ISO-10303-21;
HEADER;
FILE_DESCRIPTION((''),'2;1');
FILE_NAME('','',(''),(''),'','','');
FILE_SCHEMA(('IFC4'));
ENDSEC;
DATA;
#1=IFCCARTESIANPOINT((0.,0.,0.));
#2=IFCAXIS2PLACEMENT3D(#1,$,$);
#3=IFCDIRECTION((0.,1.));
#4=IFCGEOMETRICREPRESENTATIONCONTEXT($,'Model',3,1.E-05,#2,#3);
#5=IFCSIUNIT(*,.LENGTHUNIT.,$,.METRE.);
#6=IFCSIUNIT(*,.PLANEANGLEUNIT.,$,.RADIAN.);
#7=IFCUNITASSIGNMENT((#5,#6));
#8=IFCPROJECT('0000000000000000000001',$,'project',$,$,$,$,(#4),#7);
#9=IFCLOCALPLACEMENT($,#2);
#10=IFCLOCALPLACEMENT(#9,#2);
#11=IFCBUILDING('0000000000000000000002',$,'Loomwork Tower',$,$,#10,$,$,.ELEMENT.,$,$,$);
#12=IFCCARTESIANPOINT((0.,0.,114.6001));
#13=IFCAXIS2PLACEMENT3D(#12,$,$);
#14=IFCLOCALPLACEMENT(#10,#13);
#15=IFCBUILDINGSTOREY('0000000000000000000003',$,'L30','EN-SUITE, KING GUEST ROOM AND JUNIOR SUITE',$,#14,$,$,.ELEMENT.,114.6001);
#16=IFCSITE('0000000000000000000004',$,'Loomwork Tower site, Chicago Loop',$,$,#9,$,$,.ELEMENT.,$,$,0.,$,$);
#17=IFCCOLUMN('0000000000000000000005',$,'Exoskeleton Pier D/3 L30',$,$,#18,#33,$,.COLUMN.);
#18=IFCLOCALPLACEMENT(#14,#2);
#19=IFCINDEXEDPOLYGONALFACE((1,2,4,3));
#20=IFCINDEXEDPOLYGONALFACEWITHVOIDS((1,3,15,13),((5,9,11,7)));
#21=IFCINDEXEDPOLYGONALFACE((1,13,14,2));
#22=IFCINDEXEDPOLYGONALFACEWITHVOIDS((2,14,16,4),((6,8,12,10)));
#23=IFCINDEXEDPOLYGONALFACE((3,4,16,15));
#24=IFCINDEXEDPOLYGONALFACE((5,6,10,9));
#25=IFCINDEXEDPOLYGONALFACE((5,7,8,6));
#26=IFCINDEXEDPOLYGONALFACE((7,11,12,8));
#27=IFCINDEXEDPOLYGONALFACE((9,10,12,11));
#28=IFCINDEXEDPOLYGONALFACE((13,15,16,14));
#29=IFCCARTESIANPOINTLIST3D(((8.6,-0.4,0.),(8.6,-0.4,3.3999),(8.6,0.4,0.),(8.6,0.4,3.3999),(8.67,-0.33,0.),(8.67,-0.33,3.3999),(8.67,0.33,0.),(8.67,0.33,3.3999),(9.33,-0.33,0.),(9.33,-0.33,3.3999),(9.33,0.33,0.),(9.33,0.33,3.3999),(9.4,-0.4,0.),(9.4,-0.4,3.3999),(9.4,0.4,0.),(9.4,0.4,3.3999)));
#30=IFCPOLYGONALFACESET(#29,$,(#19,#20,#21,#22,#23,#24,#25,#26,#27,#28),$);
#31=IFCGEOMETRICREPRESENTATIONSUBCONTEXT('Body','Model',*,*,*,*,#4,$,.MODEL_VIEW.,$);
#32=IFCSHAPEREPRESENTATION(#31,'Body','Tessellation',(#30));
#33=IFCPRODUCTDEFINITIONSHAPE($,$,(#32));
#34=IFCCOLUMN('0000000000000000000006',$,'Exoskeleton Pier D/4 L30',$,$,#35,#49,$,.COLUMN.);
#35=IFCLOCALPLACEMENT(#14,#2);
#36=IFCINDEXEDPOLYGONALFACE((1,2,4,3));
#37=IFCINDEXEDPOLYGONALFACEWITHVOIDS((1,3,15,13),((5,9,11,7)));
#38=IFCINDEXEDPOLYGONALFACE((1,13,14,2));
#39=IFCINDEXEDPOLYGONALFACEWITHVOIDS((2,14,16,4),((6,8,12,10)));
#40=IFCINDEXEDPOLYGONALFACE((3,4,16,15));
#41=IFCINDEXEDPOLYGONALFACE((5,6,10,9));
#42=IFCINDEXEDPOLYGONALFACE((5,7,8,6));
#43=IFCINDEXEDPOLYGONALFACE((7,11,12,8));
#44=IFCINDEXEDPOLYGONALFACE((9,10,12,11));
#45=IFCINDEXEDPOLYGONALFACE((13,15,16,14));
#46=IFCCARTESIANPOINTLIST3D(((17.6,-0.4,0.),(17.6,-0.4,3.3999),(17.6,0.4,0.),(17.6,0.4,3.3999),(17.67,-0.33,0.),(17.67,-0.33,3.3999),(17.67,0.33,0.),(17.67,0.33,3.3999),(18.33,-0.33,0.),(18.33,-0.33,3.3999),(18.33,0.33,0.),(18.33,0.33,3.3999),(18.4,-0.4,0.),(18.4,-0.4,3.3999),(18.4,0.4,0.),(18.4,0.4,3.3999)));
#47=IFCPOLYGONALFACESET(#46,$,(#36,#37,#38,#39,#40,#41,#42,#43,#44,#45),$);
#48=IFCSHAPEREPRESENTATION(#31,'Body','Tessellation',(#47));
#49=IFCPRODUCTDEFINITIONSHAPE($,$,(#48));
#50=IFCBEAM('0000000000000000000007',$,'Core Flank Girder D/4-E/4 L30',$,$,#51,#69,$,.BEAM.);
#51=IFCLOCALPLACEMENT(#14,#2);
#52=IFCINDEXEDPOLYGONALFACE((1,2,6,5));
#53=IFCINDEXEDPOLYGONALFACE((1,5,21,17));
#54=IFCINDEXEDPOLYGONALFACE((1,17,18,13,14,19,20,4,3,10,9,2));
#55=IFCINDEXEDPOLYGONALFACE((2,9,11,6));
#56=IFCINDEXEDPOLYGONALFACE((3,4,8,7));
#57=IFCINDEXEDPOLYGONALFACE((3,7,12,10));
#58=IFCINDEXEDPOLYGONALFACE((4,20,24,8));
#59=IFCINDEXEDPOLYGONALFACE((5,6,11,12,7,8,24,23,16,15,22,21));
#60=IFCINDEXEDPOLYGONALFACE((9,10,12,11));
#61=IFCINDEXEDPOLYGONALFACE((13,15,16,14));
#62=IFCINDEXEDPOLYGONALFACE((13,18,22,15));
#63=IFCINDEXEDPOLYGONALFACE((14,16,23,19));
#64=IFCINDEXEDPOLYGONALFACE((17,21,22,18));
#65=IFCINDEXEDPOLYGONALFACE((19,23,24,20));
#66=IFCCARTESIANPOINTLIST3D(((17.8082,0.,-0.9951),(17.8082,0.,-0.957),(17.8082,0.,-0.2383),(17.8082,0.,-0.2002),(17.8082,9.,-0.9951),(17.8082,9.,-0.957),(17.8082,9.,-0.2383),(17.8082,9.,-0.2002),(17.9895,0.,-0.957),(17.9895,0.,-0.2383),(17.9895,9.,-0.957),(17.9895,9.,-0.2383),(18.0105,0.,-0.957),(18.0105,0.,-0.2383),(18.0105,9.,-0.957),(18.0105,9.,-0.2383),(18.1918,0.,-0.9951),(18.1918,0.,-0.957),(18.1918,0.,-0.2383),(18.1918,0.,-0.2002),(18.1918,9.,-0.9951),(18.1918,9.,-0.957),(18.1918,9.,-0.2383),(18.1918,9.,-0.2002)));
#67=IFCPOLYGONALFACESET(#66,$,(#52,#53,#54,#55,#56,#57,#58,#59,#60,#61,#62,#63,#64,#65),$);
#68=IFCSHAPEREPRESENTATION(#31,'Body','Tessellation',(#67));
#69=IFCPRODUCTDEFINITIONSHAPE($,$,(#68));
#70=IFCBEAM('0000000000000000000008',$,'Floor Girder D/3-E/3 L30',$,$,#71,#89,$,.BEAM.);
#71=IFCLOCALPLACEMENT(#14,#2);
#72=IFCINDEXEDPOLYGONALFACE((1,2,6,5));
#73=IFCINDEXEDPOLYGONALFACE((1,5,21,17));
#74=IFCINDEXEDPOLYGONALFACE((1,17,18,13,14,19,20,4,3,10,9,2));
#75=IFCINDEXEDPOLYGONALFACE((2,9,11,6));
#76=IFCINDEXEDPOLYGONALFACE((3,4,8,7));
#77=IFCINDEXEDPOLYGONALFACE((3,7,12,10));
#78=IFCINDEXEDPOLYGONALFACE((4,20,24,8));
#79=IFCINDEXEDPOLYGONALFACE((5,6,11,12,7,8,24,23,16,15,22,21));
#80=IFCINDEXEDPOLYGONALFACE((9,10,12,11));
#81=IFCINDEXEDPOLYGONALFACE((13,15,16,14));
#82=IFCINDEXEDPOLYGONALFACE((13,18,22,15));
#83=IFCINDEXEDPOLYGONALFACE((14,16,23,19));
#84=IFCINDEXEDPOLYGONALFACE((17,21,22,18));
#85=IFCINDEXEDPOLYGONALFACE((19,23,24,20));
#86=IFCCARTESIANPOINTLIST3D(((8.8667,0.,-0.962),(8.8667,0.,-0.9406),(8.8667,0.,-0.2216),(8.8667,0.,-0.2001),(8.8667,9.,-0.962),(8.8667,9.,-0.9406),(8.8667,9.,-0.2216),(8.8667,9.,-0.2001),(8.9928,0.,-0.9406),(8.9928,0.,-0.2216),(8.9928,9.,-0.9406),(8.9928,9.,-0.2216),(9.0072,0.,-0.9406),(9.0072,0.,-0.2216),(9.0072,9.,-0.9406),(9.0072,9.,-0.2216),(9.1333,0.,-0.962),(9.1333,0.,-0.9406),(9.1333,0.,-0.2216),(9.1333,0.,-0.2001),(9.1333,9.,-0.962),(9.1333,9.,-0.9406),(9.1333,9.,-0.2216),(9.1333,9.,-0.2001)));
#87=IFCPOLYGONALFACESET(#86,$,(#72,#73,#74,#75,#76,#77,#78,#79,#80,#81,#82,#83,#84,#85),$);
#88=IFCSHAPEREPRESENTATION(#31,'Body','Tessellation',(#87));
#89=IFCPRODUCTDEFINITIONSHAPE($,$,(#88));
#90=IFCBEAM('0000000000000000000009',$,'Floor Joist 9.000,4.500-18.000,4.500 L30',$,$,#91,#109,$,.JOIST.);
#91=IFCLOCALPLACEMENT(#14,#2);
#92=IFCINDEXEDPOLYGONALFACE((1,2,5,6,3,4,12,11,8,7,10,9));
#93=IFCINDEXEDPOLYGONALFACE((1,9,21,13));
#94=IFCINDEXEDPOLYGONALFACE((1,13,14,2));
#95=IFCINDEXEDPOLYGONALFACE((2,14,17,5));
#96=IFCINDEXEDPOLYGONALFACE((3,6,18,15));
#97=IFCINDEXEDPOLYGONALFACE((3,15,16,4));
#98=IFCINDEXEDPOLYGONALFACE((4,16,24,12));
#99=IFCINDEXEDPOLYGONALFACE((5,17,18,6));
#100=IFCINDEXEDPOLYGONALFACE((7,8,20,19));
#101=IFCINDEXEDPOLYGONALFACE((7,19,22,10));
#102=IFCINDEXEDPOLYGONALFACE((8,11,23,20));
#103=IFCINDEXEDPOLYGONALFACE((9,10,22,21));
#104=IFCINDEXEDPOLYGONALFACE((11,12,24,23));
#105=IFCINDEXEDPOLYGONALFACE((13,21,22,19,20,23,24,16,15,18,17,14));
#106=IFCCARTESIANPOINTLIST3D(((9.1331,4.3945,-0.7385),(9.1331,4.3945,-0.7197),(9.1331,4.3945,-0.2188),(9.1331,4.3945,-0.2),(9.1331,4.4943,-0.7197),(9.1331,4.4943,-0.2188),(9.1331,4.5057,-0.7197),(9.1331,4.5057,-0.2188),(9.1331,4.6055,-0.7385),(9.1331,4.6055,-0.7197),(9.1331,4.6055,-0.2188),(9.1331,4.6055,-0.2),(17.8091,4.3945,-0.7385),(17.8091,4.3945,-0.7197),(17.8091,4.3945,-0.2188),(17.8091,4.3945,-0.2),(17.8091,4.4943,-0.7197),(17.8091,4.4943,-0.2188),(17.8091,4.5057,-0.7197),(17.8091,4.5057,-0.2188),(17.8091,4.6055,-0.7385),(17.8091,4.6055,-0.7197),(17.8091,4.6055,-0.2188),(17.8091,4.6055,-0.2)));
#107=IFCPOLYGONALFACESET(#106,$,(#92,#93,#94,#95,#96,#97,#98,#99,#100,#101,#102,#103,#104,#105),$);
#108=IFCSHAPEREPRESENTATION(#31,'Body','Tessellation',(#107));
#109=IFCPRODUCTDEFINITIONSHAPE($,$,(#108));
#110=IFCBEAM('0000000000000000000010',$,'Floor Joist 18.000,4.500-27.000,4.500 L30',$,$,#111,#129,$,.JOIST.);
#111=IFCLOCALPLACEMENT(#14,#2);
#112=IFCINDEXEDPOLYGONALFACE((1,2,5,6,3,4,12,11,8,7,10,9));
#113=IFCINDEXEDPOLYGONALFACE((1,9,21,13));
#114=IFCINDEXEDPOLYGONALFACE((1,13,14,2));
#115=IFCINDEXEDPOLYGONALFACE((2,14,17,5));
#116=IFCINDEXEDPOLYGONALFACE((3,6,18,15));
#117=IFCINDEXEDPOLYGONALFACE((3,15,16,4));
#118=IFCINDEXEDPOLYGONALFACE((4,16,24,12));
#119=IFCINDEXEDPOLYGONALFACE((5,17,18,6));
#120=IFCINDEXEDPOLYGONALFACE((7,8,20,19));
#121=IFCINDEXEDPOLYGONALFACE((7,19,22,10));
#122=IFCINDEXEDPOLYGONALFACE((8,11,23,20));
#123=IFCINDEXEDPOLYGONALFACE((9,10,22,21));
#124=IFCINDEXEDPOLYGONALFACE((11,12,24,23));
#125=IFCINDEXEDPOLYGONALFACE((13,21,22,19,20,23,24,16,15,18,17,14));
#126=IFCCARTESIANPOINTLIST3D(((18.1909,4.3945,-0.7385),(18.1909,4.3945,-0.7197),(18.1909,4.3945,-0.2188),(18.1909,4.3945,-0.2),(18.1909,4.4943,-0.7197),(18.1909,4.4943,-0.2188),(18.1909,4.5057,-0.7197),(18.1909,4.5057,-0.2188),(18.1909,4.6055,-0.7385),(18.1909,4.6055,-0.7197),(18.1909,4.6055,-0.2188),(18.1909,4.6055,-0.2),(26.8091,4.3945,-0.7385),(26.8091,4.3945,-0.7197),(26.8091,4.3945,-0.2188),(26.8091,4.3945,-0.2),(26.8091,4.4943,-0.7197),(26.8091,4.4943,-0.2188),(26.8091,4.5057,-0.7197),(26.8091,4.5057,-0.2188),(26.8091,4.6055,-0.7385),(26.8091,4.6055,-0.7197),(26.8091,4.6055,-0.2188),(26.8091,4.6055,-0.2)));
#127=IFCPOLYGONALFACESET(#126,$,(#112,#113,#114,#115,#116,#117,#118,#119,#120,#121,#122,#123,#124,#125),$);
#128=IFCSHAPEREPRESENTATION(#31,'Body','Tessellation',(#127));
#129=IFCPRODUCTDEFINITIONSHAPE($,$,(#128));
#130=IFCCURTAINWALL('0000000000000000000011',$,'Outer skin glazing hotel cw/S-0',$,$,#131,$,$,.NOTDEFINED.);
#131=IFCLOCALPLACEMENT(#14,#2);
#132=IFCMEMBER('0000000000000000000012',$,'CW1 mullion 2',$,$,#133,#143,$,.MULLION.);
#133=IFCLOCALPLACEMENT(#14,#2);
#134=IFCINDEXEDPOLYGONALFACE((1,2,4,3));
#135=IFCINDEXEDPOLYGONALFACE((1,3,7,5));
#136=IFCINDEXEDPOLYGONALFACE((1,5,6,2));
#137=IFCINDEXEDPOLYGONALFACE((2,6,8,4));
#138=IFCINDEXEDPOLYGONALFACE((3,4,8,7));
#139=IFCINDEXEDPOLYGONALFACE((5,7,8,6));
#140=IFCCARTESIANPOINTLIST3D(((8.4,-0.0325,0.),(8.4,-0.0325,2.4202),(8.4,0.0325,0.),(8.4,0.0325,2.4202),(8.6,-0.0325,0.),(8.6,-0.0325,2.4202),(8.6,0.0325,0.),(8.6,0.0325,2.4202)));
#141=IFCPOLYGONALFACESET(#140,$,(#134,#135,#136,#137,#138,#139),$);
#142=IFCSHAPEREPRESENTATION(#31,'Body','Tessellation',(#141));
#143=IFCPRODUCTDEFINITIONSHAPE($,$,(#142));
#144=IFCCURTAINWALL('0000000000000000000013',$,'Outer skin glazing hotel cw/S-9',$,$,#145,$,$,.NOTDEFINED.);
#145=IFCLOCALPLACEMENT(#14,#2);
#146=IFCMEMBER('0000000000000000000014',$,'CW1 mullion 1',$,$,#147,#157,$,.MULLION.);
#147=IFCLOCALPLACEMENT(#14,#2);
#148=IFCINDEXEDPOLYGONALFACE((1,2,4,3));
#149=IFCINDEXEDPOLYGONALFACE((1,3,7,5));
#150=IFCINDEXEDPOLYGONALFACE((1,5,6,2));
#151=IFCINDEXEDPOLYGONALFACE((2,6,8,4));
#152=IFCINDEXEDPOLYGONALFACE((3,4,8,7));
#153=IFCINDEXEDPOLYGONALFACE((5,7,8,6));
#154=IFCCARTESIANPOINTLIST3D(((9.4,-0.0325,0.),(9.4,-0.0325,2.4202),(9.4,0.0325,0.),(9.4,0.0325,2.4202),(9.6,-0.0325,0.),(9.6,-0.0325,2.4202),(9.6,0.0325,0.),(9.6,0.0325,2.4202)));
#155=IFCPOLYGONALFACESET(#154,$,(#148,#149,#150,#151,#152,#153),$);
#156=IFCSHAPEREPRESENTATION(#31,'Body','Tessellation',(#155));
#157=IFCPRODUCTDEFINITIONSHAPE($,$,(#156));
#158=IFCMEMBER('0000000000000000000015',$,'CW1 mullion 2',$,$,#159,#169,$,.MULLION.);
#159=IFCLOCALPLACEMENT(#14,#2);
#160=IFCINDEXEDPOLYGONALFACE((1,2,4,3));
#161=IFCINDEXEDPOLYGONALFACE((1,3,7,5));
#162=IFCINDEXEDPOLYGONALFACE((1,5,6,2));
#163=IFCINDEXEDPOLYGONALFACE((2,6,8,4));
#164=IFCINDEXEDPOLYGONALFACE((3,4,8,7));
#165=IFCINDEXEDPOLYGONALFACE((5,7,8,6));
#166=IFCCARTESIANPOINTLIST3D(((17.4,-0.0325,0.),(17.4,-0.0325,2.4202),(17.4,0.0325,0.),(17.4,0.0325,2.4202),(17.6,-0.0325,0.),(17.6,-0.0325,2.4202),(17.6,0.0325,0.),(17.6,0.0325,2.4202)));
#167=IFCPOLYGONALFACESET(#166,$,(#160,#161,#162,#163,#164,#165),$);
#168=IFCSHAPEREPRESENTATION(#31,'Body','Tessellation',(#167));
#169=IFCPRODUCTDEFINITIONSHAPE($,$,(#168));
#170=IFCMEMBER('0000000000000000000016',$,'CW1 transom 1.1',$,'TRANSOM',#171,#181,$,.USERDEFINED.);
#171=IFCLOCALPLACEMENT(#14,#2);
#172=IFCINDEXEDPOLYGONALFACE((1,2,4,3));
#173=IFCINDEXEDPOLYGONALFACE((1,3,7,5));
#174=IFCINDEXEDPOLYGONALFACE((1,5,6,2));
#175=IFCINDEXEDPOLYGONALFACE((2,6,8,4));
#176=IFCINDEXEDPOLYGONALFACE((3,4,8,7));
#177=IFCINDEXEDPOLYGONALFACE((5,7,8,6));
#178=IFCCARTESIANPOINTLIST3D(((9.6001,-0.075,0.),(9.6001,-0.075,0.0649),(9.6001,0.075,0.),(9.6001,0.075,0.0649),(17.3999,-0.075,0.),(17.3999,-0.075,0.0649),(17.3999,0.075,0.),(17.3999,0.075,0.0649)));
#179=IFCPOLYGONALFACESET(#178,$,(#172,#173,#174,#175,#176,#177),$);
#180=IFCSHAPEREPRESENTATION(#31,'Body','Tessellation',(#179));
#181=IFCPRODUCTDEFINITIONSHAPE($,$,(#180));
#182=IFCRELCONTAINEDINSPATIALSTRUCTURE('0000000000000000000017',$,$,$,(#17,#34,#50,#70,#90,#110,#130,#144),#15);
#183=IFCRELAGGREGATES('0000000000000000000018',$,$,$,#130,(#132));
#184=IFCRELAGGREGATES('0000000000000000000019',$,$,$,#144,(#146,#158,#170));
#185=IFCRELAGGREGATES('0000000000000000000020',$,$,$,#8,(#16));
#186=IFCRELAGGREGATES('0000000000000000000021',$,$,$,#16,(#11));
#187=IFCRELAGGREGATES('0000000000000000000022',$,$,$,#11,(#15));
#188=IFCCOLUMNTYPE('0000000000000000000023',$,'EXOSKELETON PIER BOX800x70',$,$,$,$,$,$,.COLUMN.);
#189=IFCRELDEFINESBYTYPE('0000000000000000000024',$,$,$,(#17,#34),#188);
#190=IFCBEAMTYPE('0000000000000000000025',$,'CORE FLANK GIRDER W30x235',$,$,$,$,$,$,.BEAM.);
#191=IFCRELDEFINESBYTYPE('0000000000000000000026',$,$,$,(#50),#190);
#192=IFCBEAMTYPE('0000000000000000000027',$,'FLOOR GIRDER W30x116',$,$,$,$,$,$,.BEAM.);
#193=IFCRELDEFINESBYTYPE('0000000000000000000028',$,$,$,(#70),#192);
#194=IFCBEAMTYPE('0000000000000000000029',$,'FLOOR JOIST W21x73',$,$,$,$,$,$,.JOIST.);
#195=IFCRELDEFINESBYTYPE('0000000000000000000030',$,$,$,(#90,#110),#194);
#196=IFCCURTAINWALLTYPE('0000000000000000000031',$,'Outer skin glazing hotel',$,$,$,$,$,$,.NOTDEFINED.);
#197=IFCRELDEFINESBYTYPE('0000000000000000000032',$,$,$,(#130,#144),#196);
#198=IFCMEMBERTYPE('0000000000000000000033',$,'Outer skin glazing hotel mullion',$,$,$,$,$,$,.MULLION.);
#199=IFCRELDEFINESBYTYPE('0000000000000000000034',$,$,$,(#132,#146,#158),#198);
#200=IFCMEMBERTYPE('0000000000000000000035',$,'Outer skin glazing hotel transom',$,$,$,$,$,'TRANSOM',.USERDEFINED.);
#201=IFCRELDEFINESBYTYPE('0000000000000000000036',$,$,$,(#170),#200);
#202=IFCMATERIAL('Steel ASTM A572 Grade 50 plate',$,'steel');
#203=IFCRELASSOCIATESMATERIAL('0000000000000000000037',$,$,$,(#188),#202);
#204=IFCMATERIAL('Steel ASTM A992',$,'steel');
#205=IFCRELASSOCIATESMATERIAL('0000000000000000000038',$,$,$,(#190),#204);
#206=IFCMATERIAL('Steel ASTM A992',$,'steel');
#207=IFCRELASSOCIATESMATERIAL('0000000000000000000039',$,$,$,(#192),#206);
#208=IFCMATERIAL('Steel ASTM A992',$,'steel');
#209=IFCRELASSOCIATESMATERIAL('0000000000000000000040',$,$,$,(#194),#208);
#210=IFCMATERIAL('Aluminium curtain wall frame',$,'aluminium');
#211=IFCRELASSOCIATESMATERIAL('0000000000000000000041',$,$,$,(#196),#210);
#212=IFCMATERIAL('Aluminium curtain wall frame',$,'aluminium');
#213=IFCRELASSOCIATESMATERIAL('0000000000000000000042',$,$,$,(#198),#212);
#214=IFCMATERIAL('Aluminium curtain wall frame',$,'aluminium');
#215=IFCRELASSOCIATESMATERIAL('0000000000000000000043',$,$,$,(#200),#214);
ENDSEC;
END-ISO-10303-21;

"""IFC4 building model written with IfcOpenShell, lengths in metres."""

from ifc_helpers import new_model, si_unit, direction, frame, origin, origin_2d, place, context, subcontext, project, spatial, rectangle, hollow_rectangle, i_section, extrude, material, material_profile, profile_set, type_object, element, aggregate, save


model = new_model("IFC4")

# Units and contexts
model_context = context("Model", 3, precision=1e-05, world=origin(), true_north=direction((0.0, 1.0)))
body_context = subcontext(model_context, "Body", "Model", "MODEL_VIEW")
ifc_project = project(units=[si_unit("LENGTHUNIT", "METRE"), si_unit("PLANEANGLEUNIT", "RADIAN")], contexts=[model_context])

# Site, building, storey
site_placement = place(None, origin())
site = spatial("IfcSite", under=ifc_project, at=site_placement, Name="Loomwork Tower site, Chicago Loop", CompositionType="ELEMENT", RefElevation=0.0)
building_placement = place(site_placement, origin())
building = spatial("IfcBuilding", under=site, at=building_placement, Name="Loomwork Tower", CompositionType="ELEMENT")
storey_placement = place(building_placement, frame((0.0, 0.0, 114.6001)))
storey = spatial("IfcBuildingStorey", under=building, at=storey_placement, Name="L30", Description="EN-SUITE, KING GUEST ROOM AND JUNIOR SUITE", CompositionType="ELEMENT", Elevation=114.6001)

# Columns
ifc_material_1 = material(Name="Steel ASTM A572 Grade 50 plate", Category="steel")
ifc_material_profile_1 = material_profile(ifc_material_1, hollow_rectangle(XDim=0.8, YDim=0.8, WallThickness=0.0701, at=origin_2d()), Name="BOX800x70")
ifc_profile_set_1 = profile_set([ifc_material_profile_1], Name="Steel ASTM A572 Grade 50 plate")
column_type = type_object("IfcColumnType", Name="EXOSKELETON PIER BOX800x70", PredefinedType="COLUMN", material=ifc_profile_set_1)
for number, where, z_axis, x_axis, name in (
    (1, (9.0, 0.0, 0.0), (0.0, 0.0, 1.0), (1.0, 0.0, 0.0), "Exoskeleton Pier D/3 L30"),
    (2, (18.0, 0.0, 0.0), (0.0, 0.0, 1.0), (1.0, 0.0, 0.0), "Exoskeleton Pier D/4 L30"),
):
    element("IfcColumn", number, at=place(storey_placement, frame(where, z_axis=z_axis, x_axis=x_axis)), inside=storey, type_object=column_type, Name=name, PredefinedType="COLUMN", context=body_context, shape_type="SweptSolid", body=[
        extrude(hollow_rectangle(XDim=0.8, YDim=0.8, WallThickness=0.0701, at=origin_2d()), origin(), (0.0, 0.0, 1.0), 3.3999),
    ])

# Beams
ifc_material_2 = material(Name="Steel ASTM A992", Category="steel")
ifc_material_profile_2 = material_profile(ifc_material_2, i_section(OverallWidth=0.3835, OverallDepth=0.7949, WebThickness=0.021, FlangeThickness=0.0381, at=origin_2d()), Name="W30x235")
ifc_profile_set_2 = profile_set([ifc_material_profile_2], Name="Steel ASTM A992")
beam_type_1 = type_object("IfcBeamType", Name="CORE FLANK GIRDER W30x235", PredefinedType="BEAM", material=ifc_profile_set_2)
beam_1_placement = place(storey_placement, frame((18.0, 0.0, -0.5977), z_axis=(0.0, 1.0, 0.0), x_axis=(-1.0, 0.0, 0.0)))
element("IfcBeam", 3, at=beam_1_placement, inside=storey, type_object=beam_type_1, Name="Core Flank Girder D/4-E/4 L30", PredefinedType="BEAM", context=body_context, shape_type="SweptSolid", body=[
    extrude(i_section(OverallWidth=0.3835, OverallDepth=0.7949, WebThickness=0.021, FlangeThickness=0.0381, at=origin_2d()), origin(), (0.0, 0.0, 1.0), 9.0),
])
ifc_material_3 = material(Name="Steel ASTM A992", Category="steel")
ifc_material_profile_3 = material_profile(ifc_material_3, i_section(OverallWidth=0.2666, OverallDepth=0.762, WebThickness=0.0144, FlangeThickness=0.0215, at=origin_2d()), Name="W30x116")
ifc_profile_set_3 = profile_set([ifc_material_profile_3], Name="Steel ASTM A992")
beam_type_2 = type_object("IfcBeamType", Name="FLOOR GIRDER W30x116", PredefinedType="BEAM", material=ifc_profile_set_3)
beam_2_placement = place(storey_placement, frame((9.0, 0.0, -0.5811), z_axis=(0.0, 1.0, 0.0), x_axis=(-1.0, 0.0, 0.0)))
element("IfcBeam", 4, at=beam_2_placement, inside=storey, type_object=beam_type_2, Name="Floor Girder D/3-E/3 L30", PredefinedType="BEAM", context=body_context, shape_type="SweptSolid", body=[
    extrude(i_section(OverallWidth=0.2666, OverallDepth=0.762, WebThickness=0.0144, FlangeThickness=0.0215, at=origin_2d()), origin(), (0.0, 0.0, 1.0), 9.0),
])
ifc_material_4 = material(Name="Steel ASTM A992", Category="steel")
ifc_material_profile_4 = material_profile(ifc_material_4, i_section(OverallWidth=0.2109, OverallDepth=0.5386, WebThickness=0.0115, FlangeThickness=0.0188, at=origin_2d()), Name="W21x73")
ifc_profile_set_4 = profile_set([ifc_material_profile_4], Name="Steel ASTM A992")
beam_type_3 = type_object("IfcBeamType", Name="FLOOR JOIST W21x73", PredefinedType="JOIST", material=ifc_profile_set_4)
beam_3_placement = place(storey_placement, frame((9.1331, 4.5, -0.4692), z_axis=(1.0, 0.0, 0.0), x_axis=(0.0, 1.0, 0.0)))
element("IfcBeam", 5, at=beam_3_placement, inside=storey, type_object=beam_type_3, Name="Floor Joist 9.000,4.500-18.000,4.500 L30", PredefinedType="JOIST", context=body_context, shape_type="SweptSolid", body=[
    extrude(i_section(OverallWidth=0.2109, OverallDepth=0.5386, WebThickness=0.0115, FlangeThickness=0.0188, at=origin_2d()), origin(), (0.0, 0.0, 1.0), 8.676),
])
beam_4_placement = place(storey_placement, frame((18.1909, 4.5, -0.4692), z_axis=(1.0, 0.0, 0.0), x_axis=(0.0, 1.0, 0.0)))
element("IfcBeam", 6, at=beam_4_placement, inside=storey, type_object=beam_type_3, Name="Floor Joist 18.000,4.500-27.000,4.500 L30", PredefinedType="JOIST", context=body_context, shape_type="SweptSolid", body=[
    extrude(i_section(OverallWidth=0.2109, OverallDepth=0.5386, WebThickness=0.0115, FlangeThickness=0.0188, at=origin_2d()), origin(), (0.0, 0.0, 1.0), 8.6182),
])

# Curtain wall, member
ifc_material_5 = material(Name="Aluminium curtain wall frame", Category="aluminium")
curtain_wall_type = type_object("IfcCurtainWallType", Name="Outer skin glazing hotel", PredefinedType="NOTDEFINED", material=ifc_material_5)
curtain_wall_1_placement = place(storey_placement, origin())
curtain_wall_1 = element("IfcCurtainWall", 7, at=curtain_wall_1_placement, inside=storey, type_object=curtain_wall_type, Name="Outer skin glazing hotel cw/S-0", PredefinedType="NOTDEFINED")
ifc_material_6 = material(Name="Aluminium curtain wall frame", Category="aluminium")
ifc_material_profile_5 = material_profile(ifc_material_6, rectangle(XDim=0.0649, YDim=0.2, at=origin_2d()), Name="AL 65x200")
ifc_profile_set_5 = profile_set([ifc_material_profile_5], Name="Aluminium curtain wall frame")
member_type_1 = type_object("IfcMemberType", Name="Outer skin glazing hotel mullion", PredefinedType="MULLION", material=ifc_profile_set_5)
member_1_placement = place(storey_placement, frame((8.5, 0.0, 0.0), z_axis=(0.0, 0.0, 1.0), x_axis=(0.0, 1.0, 0.0)))
member_1 = element("IfcMember", 8, at=member_1_placement, type_object=member_type_1, Name="CW1 mullion 2", PredefinedType="MULLION", context=body_context, shape_type="SweptSolid", body=[
    extrude(rectangle(XDim=0.0649, YDim=0.2, at=origin_2d()), origin(), (0.0, 0.0, 1.0), 2.4202),
])
aggregate(curtain_wall_1, [member_1])

# Curtain wall, members
curtain_wall_2_placement = place(storey_placement, origin())
curtain_wall_2 = element("IfcCurtainWall", 9, at=curtain_wall_2_placement, inside=storey, type_object=curtain_wall_type, Name="Outer skin glazing hotel cw/S-9", PredefinedType="NOTDEFINED")
member_2_placement = place(storey_placement, frame((9.5, 0.0, 0.0), z_axis=(0.0, 0.0, 1.0), x_axis=(0.0, 1.0, 0.0)))
member_2 = element("IfcMember", 10, at=member_2_placement, type_object=member_type_1, Name="CW1 mullion 1", PredefinedType="MULLION", context=body_context, shape_type="SweptSolid", body=[
    extrude(rectangle(XDim=0.0649, YDim=0.2, at=origin_2d()), origin(), (0.0, 0.0, 1.0), 2.4202),
])
member_3_placement = place(storey_placement, frame((17.5, 0.0, 0.0), z_axis=(0.0, 0.0, 1.0), x_axis=(0.0, 1.0, 0.0)))
member_3 = element("IfcMember", 11, at=member_3_placement, type_object=member_type_1, Name="CW1 mullion 2", PredefinedType="MULLION", context=body_context, shape_type="SweptSolid", body=[
    extrude(rectangle(XDim=0.0649, YDim=0.2, at=origin_2d()), origin(), (0.0, 0.0, 1.0), 2.4202),
])
ifc_material_7 = material(Name="Aluminium curtain wall frame", Category="aluminium")
ifc_material_profile_6 = material_profile(ifc_material_7, rectangle(XDim=0.1499, YDim=0.0649, at=origin_2d()), Name="AL 65x150")
ifc_profile_set_6 = profile_set([ifc_material_profile_6], Name="Aluminium curtain wall frame")
member_type_2 = type_object("IfcMemberType", Name="Outer skin glazing hotel transom", ElementType="TRANSOM", PredefinedType="USERDEFINED", material=ifc_profile_set_6)
member_4_placement = place(storey_placement, frame((9.6001, 0.0, 0.0325), z_axis=(1.0, 0.0, 0.0), x_axis=(0.0, 1.0, 0.0)))
member_4 = element("IfcMember", 12, at=member_4_placement, type_object=member_type_2, Name="CW1 transom 1.1", ObjectType="TRANSOM", PredefinedType="USERDEFINED", context=body_context, shape_type="SweptSolid", body=[
    extrude(rectangle(XDim=0.1499, YDim=0.0649, at=origin_2d()), origin(), (0.0, 0.0, 1.0), 7.7998),
])

aggregate(curtain_wall_2, [member_2, member_3, member_4])

save(model, "model.ifc")
